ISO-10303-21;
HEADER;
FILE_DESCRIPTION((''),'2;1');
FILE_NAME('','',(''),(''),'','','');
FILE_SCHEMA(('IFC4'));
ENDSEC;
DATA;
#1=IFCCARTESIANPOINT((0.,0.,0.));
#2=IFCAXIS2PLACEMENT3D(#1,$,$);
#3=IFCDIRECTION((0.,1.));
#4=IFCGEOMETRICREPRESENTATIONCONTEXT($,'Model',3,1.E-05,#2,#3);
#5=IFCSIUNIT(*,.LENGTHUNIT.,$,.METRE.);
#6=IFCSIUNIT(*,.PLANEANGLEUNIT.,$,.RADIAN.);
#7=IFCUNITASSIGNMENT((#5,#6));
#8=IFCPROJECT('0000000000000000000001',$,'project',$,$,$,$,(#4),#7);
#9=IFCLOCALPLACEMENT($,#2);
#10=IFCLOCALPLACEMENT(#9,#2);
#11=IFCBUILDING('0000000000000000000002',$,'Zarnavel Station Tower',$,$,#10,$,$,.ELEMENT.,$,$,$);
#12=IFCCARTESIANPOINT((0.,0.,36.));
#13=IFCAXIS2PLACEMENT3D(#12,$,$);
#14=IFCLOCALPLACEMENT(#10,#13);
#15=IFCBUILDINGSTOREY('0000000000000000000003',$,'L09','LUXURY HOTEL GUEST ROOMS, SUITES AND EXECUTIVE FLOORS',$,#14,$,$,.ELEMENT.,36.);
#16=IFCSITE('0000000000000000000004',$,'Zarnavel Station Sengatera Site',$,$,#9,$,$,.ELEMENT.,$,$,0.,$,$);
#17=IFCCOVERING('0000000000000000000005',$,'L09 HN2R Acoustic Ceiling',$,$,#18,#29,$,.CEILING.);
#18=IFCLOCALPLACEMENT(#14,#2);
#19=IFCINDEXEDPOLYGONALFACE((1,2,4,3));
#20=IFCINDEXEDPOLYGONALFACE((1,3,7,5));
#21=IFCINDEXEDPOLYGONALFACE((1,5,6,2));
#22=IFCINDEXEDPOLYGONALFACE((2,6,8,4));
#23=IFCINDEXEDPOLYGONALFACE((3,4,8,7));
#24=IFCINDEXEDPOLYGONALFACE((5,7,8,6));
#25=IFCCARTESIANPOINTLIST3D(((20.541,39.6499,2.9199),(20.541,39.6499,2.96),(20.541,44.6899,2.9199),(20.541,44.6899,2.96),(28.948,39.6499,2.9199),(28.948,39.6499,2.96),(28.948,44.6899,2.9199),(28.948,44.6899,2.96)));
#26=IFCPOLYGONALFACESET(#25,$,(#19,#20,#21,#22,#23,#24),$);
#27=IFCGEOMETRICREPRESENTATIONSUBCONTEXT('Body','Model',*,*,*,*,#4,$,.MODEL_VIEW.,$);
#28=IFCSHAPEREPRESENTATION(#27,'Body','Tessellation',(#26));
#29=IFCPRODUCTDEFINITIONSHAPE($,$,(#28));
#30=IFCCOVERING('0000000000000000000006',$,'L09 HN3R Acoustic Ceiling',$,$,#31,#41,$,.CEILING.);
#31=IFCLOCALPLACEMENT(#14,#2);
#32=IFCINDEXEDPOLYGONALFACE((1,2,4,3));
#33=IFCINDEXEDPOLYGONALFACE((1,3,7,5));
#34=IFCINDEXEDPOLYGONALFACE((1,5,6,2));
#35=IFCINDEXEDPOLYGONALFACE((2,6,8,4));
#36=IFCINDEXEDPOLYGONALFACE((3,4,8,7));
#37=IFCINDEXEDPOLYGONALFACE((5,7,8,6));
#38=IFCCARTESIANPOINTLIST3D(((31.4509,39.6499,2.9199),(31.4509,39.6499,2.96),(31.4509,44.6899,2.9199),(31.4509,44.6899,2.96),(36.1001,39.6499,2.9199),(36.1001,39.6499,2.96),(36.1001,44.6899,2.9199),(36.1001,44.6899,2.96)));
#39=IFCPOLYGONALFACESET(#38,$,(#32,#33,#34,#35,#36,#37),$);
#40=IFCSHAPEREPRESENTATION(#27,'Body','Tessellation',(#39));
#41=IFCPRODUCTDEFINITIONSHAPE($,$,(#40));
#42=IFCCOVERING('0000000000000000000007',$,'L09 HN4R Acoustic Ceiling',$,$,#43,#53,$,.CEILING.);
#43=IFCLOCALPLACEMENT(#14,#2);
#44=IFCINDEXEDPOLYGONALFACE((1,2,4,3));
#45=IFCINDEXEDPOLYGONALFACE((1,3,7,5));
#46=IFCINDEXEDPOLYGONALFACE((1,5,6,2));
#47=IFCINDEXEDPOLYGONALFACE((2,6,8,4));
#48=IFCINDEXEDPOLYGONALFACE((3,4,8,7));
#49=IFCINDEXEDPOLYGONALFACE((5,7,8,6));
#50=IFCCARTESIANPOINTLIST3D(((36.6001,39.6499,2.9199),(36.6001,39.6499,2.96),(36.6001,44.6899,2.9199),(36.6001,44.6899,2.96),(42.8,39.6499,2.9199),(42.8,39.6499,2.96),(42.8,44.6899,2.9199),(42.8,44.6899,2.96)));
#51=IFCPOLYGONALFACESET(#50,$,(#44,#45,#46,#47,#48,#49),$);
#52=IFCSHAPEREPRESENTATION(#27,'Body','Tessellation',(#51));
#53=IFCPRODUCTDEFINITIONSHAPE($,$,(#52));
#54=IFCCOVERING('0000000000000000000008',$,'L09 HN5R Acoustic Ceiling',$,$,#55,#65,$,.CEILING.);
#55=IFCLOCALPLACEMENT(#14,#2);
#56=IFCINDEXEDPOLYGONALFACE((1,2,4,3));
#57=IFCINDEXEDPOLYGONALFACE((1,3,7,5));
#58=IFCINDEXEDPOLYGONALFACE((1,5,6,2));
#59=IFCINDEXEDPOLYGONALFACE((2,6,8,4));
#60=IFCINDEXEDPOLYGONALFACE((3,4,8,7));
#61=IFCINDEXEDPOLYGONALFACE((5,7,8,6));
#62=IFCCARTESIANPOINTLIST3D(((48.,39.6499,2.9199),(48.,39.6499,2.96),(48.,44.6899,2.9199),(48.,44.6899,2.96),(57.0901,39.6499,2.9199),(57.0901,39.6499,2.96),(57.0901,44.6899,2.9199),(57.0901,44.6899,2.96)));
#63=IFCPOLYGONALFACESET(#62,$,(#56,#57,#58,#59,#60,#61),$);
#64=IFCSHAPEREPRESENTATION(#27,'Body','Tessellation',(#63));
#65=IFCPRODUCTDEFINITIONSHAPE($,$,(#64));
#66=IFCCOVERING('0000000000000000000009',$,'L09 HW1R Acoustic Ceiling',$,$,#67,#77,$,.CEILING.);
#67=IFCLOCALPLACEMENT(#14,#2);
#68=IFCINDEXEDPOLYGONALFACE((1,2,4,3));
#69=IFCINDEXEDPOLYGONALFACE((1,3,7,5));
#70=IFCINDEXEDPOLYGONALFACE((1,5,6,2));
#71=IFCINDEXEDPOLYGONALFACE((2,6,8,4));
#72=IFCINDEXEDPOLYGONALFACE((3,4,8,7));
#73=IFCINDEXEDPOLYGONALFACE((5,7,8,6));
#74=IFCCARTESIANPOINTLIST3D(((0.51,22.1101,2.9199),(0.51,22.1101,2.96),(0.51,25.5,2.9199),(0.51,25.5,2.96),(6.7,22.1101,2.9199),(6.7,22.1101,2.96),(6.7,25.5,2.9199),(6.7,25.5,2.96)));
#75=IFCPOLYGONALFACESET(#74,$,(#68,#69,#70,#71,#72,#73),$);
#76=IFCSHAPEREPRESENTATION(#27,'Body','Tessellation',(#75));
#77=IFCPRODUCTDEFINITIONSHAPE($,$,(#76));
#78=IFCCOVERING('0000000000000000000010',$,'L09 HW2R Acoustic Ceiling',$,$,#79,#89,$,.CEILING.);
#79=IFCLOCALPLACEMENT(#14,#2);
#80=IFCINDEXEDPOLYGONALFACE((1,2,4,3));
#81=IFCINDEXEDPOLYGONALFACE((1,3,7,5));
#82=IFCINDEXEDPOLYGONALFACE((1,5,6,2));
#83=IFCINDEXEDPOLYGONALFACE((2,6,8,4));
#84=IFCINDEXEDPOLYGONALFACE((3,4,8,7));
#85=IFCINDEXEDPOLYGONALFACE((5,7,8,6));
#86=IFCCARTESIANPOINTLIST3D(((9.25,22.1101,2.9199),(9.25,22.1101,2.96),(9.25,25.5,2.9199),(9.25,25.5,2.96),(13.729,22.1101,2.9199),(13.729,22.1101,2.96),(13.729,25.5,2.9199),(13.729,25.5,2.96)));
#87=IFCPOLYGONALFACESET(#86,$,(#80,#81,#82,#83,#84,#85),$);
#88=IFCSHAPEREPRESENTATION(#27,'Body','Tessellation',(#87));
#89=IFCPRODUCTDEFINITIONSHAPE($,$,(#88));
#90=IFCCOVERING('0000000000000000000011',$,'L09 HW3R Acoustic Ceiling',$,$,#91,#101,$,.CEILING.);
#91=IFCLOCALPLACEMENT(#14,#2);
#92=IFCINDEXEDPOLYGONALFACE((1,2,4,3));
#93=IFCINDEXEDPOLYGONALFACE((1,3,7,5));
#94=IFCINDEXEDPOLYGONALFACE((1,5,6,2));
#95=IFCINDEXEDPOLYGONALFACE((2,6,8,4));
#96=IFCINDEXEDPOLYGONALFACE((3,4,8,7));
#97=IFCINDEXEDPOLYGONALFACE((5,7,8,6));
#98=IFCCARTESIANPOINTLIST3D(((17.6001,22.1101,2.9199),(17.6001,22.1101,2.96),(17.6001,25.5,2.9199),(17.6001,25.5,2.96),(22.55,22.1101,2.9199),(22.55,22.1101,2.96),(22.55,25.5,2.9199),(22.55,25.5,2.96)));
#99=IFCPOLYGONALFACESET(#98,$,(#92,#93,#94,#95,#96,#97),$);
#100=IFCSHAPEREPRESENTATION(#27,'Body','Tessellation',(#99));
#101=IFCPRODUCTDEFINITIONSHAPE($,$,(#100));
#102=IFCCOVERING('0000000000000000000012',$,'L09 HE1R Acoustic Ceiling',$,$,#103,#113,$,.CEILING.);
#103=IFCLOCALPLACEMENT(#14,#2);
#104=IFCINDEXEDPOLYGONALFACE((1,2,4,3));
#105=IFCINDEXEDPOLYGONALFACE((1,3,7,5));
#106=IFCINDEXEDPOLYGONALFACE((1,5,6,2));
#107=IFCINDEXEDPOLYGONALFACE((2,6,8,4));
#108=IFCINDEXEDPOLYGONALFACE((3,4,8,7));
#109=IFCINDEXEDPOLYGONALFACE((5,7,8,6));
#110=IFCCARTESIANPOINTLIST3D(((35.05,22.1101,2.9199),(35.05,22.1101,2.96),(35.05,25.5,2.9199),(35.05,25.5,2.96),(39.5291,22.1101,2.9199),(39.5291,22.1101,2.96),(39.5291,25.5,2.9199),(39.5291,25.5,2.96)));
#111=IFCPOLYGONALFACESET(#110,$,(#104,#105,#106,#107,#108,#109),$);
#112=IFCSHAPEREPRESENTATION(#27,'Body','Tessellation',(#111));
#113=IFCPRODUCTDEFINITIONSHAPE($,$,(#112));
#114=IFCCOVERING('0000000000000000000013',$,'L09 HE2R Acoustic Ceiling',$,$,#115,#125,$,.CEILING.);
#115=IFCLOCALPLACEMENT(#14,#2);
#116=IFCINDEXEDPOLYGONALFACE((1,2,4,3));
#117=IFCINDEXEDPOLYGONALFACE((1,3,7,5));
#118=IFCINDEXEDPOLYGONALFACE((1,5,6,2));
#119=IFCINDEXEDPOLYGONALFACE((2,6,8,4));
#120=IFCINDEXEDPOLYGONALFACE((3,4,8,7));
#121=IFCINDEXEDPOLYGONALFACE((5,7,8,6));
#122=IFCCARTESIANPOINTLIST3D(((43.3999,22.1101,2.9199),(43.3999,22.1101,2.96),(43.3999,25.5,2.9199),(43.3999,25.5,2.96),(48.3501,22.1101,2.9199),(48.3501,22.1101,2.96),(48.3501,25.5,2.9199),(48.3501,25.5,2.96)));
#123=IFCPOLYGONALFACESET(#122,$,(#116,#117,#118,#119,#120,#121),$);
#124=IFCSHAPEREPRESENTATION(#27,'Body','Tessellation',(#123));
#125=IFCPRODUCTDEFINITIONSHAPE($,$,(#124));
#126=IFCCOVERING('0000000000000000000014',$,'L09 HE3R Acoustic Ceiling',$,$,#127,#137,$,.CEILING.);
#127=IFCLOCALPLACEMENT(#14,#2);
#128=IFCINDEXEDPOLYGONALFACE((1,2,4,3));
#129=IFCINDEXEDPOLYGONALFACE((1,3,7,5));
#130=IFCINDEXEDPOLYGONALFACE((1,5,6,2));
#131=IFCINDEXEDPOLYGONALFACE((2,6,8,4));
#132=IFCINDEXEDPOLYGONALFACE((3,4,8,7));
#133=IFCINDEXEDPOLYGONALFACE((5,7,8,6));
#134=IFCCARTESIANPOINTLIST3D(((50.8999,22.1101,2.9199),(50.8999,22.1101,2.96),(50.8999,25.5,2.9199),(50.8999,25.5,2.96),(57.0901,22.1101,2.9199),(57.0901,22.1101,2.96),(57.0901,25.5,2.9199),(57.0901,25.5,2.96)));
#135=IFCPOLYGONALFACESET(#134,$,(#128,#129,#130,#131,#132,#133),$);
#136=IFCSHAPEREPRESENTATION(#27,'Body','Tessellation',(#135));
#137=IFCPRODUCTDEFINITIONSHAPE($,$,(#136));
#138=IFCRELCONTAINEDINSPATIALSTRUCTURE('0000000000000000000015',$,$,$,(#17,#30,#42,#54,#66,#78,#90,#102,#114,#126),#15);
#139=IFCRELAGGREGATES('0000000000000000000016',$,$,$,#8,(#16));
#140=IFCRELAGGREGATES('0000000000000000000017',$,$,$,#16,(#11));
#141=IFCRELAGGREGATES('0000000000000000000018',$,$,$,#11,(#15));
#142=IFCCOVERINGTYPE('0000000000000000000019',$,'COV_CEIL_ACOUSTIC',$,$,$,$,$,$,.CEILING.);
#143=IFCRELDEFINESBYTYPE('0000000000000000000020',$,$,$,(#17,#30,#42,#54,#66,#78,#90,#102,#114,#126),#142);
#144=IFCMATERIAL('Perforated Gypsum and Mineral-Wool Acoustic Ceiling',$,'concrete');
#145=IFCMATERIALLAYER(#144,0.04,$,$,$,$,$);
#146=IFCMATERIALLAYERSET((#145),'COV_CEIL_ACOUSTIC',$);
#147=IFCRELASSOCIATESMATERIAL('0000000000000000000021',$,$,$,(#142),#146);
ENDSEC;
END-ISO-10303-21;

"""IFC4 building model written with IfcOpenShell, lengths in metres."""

from ifc_helpers import new_model, si_unit, direction, frame, origin, place, context, subcontext, project, spatial, polyline, outline, extrude, material, layer, layer_set, type_object, element, save


model = new_model("IFC4")

# Units and contexts
model_context = context("Model", 3, precision=1e-05, world=origin(), true_north=direction((0.0, 1.0)))
body_context = subcontext(model_context, "Body", "Model", "MODEL_VIEW")
ifc_project = project(units=[si_unit("LENGTHUNIT", "METRE"), si_unit("PLANEANGLEUNIT", "RADIAN")], contexts=[model_context])

# Site, building, storey
site_placement = place(None, origin())
site = spatial("IfcSite", under=ifc_project, at=site_placement, Name="Zarnavel Station Sengatera Site", CompositionType="ELEMENT", RefElevation=0.0)
building_placement = place(site_placement, origin())
building = spatial("IfcBuilding", under=site, at=building_placement, Name="Zarnavel Station Tower", CompositionType="ELEMENT")
storey_placement = place(building_placement, frame((0.0, 0.0, 36.0)))
storey = spatial("IfcBuildingStorey", under=building, at=storey_placement, Name="L09", Description="LUXURY HOTEL GUEST ROOMS, SUITES AND EXECUTIVE FLOORS", CompositionType="ELEMENT", Elevation=36.0)

# Coverings
ifc_material_1 = material(Name="Perforated Gypsum and Mineral-Wool Acoustic Ceiling", Category="concrete")
ifc_layer_1 = layer(ifc_material_1, 0.04)
ifc_layer_set_1 = layer_set([ifc_layer_1], Name="COV_CEIL_ACOUSTIC")
covering_type_1 = type_object("IfcCoveringType", Name="COV_CEIL_ACOUSTIC", PredefinedType="CEILING", material=ifc_layer_set_1)
covering_1_placement = place(storey_placement, frame((0.0, 0.0, 2.9199)))
element("IfcCovering", 1, at=covering_1_placement, inside=storey, type_object=covering_type_1, Name="L09 HN2R Acoustic Ceiling", PredefinedType="CEILING", context=body_context, shape_type="SweptSolid", body=[
    extrude(outline(polyline([(20.541, 39.6499), (28.948, 39.6499), (28.948, 44.6899), (20.541, 44.6899), (20.541, 39.6499)])), origin(), (0.0, 0.0, 1.0), 0.04),
])
covering_2_placement = place(storey_placement, frame((0.0, 0.0, 2.9199)))
element("IfcCovering", 2, at=covering_2_placement, inside=storey, type_object=covering_type_1, Name="L09 HN3R Acoustic Ceiling", PredefinedType="CEILING", context=body_context, shape_type="SweptSolid", body=[
    extrude(outline(polyline([(31.4509, 39.6499), (36.1001, 39.6499), (36.1001, 44.6899), (31.4509, 44.6899), (31.4509, 39.6499)])), origin(), (0.0, 0.0, 1.0), 0.04),
])
covering_3_placement = place(storey_placement, frame((0.0, 0.0, 2.9199)))
element("IfcCovering", 3, at=covering_3_placement, inside=storey, type_object=covering_type_1, Name="L09 HN4R Acoustic Ceiling", PredefinedType="CEILING", context=body_context, shape_type="SweptSolid", body=[
    extrude(outline(polyline([(36.6001, 39.6499), (42.8, 39.6499), (42.8, 44.6899), (36.6001, 44.6899), (36.6001, 39.6499)])), origin(), (0.0, 0.0, 1.0), 0.04),
])
covering_4_placement = place(storey_placement, frame((0.0, 0.0, 2.9199)))
element("IfcCovering", 4, at=covering_4_placement, inside=storey, type_object=covering_type_1, Name="L09 HN5R Acoustic Ceiling", PredefinedType="CEILING", context=body_context, shape_type="SweptSolid", body=[
    extrude(outline(polyline([(48.0, 39.6499), (57.0901, 39.6499), (57.0901, 44.6899), (48.0, 44.6899), (48.0, 39.6499)])), origin(), (0.0, 0.0, 1.0), 0.04),
])
covering_5_placement = place(storey_placement, frame((0.0, 0.0, 2.9199)))
element("IfcCovering", 5, at=covering_5_placement, inside=storey, type_object=covering_type_1, Name="L09 HW1R Acoustic Ceiling", PredefinedType="CEILING", context=body_context, shape_type="SweptSolid", body=[
    extrude(outline(polyline([(0.51, 22.1101), (6.7, 22.1101), (6.7, 25.5), (0.51, 25.5), (0.51, 22.1101)])), origin(), (0.0, 0.0, 1.0), 0.04),
])
covering_6_placement = place(storey_placement, frame((0.0, 0.0, 2.9199)))
element("IfcCovering", 6, at=covering_6_placement, inside=storey, type_object=covering_type_1, Name="L09 HW2R Acoustic Ceiling", PredefinedType="CEILING", context=body_context, shape_type="SweptSolid", body=[
    extrude(outline(polyline([(9.25, 22.1101), (13.729, 22.1101), (13.729, 25.5), (9.25, 25.5), (9.25, 22.1101)])), origin(), (0.0, 0.0, 1.0), 0.04),
])
covering_7_placement = place(storey_placement, frame((0.0, 0.0, 2.9199)))
element("IfcCovering", 7, at=covering_7_placement, inside=storey, type_object=covering_type_1, Name="L09 HW3R Acoustic Ceiling", PredefinedType="CEILING", context=body_context, shape_type="SweptSolid", body=[
    extrude(outline(polyline([(17.6001, 22.1101), (22.55, 22.1101), (22.55, 25.5), (17.6001, 25.5), (17.6001, 22.1101)])), origin(), (0.0, 0.0, 1.0), 0.04),
])
covering_8_placement = place(storey_placement, frame((0.0, 0.0, 2.9199)))
element("IfcCovering", 8, at=covering_8_placement, inside=storey, type_object=covering_type_1, Name="L09 HE1R Acoustic Ceiling", PredefinedType="CEILING", context=body_context, shape_type="SweptSolid", body=[
    extrude(outline(polyline([(35.05, 22.1101), (39.5291, 22.1101), (39.5291, 25.5), (35.05, 25.5), (35.05, 22.1101)])), origin(), (0.0, 0.0, 1.0), 0.04),
])
covering_9_placement = place(storey_placement, frame((0.0, 0.0, 2.9199)))
element("IfcCovering", 9, at=covering_9_placement, inside=storey, type_object=covering_type_1, Name="L09 HE2R Acoustic Ceiling", PredefinedType="CEILING", context=body_context, shape_type="SweptSolid", body=[
    extrude(outline(polyline([(43.3999, 22.1101), (48.3501, 22.1101), (48.3501, 25.5), (43.3999, 25.5), (43.3999, 22.1101)])), origin(), (0.0, 0.0, 1.0), 0.04),
])
covering_10_placement = place(storey_placement, frame((0.0, 0.0, 2.9199)))
element("IfcCovering", 10, at=covering_10_placement, inside=storey, type_object=covering_type_1, Name="L09 HE3R Acoustic Ceiling", PredefinedType="CEILING", context=body_context, shape_type="SweptSolid", body=[
    extrude(outline(polyline([(50.8999, 22.1101), (57.0901, 22.1101), (57.0901, 25.5), (50.8999, 25.5), (50.8999, 22.1101)])), origin(), (0.0, 0.0, 1.0), 0.04),
])

save(model, "model.ifc")
